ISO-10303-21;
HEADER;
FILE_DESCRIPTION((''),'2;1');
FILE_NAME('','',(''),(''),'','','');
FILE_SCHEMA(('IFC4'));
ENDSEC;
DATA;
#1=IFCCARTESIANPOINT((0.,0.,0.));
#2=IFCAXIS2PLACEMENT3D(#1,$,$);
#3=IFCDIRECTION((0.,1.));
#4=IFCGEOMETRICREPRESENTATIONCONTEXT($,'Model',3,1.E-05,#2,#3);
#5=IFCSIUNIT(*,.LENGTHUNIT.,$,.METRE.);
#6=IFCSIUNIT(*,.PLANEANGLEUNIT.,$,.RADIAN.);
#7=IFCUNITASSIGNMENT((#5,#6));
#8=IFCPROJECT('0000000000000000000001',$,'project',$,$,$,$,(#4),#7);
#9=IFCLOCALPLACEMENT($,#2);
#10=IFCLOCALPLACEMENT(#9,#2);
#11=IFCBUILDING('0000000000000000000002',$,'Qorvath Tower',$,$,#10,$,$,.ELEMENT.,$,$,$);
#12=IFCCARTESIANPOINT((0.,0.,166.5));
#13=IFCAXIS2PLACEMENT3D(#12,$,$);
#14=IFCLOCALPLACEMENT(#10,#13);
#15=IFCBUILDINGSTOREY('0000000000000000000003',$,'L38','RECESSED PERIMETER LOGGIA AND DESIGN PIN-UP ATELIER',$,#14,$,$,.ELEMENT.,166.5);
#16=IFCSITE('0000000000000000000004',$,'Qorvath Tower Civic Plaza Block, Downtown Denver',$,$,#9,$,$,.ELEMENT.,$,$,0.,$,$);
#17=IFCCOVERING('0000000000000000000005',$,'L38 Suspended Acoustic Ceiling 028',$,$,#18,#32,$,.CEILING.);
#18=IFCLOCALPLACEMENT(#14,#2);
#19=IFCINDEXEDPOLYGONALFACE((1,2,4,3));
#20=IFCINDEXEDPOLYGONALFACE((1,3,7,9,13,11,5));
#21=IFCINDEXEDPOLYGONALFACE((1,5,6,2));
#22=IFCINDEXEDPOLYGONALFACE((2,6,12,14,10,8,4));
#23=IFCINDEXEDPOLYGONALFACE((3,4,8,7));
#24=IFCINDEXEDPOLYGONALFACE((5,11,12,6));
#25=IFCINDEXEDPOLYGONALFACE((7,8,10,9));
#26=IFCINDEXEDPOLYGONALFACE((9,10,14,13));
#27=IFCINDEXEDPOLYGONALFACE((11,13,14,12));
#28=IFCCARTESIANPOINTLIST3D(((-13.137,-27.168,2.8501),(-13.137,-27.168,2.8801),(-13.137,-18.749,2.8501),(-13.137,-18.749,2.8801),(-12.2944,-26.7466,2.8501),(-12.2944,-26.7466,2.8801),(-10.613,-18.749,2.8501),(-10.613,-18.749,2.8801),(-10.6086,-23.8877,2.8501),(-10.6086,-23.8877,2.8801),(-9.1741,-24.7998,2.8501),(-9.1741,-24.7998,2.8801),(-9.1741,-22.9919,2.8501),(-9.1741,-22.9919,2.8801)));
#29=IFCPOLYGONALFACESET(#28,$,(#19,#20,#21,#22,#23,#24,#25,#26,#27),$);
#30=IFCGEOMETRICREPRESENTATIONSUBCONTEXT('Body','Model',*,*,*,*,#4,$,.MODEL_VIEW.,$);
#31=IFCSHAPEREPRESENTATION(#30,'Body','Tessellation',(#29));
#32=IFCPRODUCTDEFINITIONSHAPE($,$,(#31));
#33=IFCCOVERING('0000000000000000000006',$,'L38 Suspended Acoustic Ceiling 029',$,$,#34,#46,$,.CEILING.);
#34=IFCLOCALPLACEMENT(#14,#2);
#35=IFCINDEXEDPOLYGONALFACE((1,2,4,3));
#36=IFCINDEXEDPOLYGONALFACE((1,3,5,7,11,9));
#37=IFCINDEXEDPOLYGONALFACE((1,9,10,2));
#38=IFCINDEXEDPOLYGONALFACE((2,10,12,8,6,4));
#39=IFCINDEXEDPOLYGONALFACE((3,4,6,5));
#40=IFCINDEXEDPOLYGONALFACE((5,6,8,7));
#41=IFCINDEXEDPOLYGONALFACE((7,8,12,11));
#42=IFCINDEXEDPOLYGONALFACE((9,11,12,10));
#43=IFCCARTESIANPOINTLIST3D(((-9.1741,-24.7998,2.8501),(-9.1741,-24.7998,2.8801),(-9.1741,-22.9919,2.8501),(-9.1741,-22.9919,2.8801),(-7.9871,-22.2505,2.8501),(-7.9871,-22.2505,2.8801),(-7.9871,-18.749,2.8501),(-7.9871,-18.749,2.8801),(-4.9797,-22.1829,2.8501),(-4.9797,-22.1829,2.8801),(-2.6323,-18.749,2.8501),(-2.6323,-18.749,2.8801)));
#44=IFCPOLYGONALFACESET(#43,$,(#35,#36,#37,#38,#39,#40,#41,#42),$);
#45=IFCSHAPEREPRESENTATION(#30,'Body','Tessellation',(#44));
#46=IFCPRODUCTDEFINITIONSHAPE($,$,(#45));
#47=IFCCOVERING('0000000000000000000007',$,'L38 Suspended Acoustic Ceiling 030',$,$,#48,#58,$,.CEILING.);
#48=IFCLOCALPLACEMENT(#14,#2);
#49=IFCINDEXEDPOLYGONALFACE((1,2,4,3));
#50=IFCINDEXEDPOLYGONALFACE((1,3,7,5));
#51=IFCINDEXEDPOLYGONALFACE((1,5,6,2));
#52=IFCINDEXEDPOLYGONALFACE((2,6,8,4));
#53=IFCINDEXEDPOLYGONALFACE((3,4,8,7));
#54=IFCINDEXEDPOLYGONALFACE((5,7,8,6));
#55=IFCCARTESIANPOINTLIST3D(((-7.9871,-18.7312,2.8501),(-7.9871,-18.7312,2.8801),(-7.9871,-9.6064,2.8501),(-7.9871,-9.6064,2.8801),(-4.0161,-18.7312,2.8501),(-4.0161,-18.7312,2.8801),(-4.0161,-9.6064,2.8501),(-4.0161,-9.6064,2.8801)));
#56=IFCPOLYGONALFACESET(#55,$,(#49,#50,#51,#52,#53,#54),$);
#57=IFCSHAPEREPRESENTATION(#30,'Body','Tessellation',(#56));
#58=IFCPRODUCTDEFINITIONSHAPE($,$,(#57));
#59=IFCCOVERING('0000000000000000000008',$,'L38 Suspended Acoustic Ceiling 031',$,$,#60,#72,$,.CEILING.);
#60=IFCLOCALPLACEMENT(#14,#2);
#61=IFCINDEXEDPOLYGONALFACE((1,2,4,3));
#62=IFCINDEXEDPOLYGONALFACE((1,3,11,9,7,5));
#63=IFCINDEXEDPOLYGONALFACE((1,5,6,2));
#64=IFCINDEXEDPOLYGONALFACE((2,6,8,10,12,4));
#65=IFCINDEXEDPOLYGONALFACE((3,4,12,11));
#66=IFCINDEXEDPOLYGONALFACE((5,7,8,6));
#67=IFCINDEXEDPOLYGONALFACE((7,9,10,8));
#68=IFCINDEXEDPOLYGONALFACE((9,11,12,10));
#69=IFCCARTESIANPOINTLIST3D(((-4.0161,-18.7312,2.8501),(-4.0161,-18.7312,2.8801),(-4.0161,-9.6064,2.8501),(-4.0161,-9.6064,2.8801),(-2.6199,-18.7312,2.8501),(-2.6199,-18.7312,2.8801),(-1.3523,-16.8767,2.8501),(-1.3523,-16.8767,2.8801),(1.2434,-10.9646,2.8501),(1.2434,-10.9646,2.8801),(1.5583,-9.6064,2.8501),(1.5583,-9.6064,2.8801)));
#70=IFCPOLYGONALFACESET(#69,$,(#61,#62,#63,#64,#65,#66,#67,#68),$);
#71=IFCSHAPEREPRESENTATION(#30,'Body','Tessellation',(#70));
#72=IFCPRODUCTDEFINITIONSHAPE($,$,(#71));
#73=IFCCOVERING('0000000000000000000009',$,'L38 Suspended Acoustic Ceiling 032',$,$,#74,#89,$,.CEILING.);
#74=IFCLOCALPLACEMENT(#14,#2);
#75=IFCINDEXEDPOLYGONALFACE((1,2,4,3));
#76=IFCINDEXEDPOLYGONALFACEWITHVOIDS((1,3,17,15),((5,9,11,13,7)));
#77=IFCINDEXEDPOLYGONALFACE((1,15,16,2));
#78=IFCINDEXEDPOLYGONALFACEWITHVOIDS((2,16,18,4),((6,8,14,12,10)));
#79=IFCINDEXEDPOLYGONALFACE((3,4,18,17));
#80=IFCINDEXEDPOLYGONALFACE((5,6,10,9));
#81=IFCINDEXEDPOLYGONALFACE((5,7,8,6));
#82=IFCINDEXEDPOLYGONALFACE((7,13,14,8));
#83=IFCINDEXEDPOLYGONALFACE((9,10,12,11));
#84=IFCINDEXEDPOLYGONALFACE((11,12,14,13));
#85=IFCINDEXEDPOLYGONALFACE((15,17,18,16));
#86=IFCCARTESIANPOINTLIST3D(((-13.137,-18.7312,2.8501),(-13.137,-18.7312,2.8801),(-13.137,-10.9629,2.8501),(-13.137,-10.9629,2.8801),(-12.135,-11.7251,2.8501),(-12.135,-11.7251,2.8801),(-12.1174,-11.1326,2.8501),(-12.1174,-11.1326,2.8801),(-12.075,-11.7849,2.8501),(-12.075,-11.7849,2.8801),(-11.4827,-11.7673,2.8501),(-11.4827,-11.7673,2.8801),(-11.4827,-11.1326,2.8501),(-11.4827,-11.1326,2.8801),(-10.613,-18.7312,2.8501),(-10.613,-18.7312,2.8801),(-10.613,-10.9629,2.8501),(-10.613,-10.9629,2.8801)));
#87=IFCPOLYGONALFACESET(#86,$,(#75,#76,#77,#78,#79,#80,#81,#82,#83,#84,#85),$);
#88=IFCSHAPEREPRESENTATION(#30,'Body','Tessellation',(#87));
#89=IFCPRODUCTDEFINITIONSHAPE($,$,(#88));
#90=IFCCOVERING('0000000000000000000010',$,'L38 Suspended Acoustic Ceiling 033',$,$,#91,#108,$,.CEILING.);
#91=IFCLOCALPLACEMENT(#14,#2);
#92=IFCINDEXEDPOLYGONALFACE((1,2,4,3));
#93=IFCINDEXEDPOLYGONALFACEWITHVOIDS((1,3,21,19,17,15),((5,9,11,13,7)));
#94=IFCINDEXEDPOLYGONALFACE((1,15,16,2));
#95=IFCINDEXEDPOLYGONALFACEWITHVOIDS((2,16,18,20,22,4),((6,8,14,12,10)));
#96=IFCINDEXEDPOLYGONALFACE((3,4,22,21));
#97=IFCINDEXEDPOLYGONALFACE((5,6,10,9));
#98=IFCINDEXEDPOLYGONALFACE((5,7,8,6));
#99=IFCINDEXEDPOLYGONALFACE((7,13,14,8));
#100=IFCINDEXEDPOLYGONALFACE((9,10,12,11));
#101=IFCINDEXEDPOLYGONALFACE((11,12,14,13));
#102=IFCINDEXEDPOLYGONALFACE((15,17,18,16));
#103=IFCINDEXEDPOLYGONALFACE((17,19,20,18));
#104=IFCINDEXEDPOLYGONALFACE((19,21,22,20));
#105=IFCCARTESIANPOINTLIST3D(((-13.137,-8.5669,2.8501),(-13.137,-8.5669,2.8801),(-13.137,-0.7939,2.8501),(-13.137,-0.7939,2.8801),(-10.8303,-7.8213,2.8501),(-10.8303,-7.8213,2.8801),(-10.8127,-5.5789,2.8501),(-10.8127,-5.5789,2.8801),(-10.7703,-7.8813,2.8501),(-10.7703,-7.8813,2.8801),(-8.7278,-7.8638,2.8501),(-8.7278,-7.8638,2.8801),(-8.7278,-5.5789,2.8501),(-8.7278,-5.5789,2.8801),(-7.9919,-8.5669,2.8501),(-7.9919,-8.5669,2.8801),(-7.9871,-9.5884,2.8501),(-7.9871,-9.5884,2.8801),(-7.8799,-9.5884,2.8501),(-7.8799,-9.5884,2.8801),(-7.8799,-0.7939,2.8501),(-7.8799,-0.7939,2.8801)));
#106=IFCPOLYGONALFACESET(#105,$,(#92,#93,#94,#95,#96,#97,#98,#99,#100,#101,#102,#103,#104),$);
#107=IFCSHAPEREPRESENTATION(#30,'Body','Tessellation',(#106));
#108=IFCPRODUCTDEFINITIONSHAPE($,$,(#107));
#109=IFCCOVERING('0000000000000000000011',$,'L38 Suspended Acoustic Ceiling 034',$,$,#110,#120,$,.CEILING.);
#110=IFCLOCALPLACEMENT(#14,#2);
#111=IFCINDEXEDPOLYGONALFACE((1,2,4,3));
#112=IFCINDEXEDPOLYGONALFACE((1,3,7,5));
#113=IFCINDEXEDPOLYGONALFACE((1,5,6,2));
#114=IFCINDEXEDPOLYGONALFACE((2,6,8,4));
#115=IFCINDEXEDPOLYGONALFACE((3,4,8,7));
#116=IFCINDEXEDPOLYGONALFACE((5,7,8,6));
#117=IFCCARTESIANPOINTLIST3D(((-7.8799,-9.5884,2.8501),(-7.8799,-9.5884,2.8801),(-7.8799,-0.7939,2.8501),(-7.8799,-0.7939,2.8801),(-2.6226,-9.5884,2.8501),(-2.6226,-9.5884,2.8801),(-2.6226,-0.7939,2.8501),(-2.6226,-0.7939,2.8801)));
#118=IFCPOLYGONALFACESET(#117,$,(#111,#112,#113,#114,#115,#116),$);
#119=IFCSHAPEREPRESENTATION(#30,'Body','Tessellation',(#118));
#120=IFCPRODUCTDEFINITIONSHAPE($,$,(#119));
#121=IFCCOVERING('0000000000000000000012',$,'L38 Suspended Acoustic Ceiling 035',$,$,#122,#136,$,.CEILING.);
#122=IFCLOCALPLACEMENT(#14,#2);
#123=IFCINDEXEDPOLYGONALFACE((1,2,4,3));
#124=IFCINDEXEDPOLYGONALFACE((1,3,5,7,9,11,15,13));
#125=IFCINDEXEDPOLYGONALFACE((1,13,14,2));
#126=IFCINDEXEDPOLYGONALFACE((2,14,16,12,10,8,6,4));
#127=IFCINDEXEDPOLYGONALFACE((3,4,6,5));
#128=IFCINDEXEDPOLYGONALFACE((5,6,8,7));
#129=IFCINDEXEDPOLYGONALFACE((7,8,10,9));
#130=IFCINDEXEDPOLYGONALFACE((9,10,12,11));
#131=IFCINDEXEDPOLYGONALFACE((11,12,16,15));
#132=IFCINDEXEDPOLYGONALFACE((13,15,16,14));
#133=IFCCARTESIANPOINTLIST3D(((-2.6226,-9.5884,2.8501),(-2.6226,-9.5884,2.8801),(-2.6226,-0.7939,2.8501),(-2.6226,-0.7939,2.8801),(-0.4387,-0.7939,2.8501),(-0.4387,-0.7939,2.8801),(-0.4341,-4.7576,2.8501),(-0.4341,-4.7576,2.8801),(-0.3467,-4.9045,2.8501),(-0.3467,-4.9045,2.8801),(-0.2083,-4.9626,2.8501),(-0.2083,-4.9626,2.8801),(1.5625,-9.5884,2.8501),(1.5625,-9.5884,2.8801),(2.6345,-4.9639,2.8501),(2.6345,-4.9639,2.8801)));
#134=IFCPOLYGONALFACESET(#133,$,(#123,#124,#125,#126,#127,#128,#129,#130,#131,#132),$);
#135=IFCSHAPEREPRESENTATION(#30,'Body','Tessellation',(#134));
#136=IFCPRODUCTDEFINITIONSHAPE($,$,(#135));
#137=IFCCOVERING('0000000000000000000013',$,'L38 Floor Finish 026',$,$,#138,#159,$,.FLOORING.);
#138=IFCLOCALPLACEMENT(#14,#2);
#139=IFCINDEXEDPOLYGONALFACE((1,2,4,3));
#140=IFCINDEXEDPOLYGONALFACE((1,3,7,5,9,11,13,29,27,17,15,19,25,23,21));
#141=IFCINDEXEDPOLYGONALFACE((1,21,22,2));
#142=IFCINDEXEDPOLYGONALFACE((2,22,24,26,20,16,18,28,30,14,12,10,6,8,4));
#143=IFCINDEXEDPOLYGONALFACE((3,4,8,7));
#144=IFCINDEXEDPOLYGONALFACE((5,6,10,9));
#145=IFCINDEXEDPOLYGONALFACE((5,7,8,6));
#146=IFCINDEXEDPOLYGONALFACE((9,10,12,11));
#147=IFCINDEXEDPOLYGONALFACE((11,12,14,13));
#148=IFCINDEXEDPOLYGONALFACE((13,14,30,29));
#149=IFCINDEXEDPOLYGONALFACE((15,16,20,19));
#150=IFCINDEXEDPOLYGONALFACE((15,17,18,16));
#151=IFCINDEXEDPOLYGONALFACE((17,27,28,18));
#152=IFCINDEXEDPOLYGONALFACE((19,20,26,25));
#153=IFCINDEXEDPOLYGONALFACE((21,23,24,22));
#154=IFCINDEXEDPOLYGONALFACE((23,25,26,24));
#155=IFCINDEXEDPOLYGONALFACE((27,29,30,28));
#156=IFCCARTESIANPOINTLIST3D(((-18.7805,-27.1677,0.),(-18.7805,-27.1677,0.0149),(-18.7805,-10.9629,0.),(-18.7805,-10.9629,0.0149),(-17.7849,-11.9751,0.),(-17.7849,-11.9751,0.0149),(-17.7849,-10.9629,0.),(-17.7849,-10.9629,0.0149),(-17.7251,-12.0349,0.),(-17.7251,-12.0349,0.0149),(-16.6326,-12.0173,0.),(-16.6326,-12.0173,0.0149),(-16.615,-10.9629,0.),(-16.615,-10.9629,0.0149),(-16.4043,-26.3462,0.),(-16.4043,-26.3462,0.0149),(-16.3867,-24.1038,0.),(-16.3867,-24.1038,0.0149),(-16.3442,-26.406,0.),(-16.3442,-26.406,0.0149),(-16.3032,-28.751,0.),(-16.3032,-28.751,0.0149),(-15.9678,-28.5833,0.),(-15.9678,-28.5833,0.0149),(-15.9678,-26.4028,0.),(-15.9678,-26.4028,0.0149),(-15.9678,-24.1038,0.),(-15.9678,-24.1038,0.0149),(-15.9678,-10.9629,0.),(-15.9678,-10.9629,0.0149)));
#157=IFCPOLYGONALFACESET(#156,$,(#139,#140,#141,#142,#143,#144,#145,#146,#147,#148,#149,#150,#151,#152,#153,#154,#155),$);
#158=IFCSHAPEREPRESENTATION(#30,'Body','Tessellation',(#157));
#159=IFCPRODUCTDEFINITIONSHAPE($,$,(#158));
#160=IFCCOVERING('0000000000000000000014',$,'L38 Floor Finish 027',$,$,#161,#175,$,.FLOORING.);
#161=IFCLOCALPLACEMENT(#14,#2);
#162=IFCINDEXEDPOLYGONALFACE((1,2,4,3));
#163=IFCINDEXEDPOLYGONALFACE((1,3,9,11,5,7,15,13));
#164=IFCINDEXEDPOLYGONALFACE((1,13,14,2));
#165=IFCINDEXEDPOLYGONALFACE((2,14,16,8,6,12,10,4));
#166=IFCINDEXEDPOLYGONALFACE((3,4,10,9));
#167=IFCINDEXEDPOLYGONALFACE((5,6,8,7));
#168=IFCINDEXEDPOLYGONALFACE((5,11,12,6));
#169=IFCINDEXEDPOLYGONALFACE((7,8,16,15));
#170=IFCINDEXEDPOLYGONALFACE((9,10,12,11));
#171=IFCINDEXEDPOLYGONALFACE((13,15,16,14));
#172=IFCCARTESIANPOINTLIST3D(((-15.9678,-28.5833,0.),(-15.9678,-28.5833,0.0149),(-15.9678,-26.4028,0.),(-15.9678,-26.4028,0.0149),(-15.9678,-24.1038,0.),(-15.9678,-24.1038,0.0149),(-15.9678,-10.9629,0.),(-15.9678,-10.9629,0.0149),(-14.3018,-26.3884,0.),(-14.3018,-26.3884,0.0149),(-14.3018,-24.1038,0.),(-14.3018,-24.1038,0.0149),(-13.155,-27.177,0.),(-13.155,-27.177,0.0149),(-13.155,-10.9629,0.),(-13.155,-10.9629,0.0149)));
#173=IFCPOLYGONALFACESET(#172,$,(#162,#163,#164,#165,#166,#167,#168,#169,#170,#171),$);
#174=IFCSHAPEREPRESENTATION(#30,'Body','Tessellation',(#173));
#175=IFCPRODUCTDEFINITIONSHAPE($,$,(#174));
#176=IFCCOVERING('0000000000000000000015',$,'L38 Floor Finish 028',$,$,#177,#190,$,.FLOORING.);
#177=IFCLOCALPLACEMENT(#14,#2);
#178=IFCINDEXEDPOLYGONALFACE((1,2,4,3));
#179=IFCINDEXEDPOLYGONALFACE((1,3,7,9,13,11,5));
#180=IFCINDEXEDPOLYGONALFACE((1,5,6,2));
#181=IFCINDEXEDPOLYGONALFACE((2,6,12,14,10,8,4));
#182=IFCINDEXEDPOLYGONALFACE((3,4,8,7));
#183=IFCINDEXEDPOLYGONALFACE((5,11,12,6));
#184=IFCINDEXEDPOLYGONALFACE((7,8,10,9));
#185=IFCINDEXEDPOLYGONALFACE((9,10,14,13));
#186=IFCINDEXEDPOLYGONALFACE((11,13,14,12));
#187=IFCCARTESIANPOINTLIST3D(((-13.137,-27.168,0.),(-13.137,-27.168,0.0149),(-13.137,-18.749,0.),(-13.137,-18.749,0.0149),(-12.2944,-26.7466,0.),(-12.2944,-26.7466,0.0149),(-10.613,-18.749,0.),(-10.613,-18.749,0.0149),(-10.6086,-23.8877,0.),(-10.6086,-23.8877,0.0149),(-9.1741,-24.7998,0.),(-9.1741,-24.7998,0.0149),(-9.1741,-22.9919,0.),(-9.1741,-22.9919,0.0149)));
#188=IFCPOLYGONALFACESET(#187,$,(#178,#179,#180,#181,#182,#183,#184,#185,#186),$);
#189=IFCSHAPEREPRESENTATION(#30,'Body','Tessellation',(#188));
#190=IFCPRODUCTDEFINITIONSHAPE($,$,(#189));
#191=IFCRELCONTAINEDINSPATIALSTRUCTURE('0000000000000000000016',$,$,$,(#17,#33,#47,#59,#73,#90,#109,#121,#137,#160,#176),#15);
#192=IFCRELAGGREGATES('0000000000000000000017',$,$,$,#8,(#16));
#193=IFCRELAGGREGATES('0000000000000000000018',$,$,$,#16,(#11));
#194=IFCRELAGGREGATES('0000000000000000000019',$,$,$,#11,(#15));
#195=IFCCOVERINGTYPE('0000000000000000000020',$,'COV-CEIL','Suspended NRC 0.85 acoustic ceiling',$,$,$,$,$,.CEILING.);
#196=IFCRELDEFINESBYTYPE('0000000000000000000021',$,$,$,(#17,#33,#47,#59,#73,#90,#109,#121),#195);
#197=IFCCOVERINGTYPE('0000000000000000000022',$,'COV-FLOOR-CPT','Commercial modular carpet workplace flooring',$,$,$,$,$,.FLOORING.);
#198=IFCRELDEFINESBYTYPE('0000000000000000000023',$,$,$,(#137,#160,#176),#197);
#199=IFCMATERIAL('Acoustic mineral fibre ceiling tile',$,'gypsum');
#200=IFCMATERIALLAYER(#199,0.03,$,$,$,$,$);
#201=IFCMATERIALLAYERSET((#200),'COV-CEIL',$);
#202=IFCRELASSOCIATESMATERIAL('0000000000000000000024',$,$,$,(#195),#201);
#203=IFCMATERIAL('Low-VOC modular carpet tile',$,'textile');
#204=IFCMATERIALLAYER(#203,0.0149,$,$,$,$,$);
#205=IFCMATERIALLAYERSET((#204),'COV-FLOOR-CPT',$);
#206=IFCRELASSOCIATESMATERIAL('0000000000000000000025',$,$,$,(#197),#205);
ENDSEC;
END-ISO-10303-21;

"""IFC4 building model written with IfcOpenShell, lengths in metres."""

from ifc_helpers import new_model, si_unit, direction, frame, origin, place, context, subcontext, project, spatial, polyline, outline, extrude, material, layer, layer_set, type_object, element, save


model = new_model("IFC4")

# Units and contexts
model_context = context("Model", 3, precision=1e-05, world=origin(), true_north=direction((0.0, 1.0)))
body_context = subcontext(model_context, "Body", "Model", "MODEL_VIEW")
ifc_project = project(units=[si_unit("LENGTHUNIT", "METRE"), si_unit("PLANEANGLEUNIT", "RADIAN")], contexts=[model_context])

# Site, building, storey
site_placement = place(None, origin())
site = spatial("IfcSite", under=ifc_project, at=site_placement, Name="Qorvath Tower Civic Plaza Block, Downtown Denver", CompositionType="ELEMENT", RefElevation=0.0)
building_placement = place(site_placement, origin())
building = spatial("IfcBuilding", under=site, at=building_placement, Name="Qorvath Tower", CompositionType="ELEMENT")
storey_placement = place(building_placement, frame((0.0, 0.0, 166.5)))
storey = spatial("IfcBuildingStorey", under=building, at=storey_placement, Name="L38", Description="RECESSED PERIMETER LOGGIA AND DESIGN PIN-UP ATELIER", CompositionType="ELEMENT", Elevation=166.5)

# Coverings
ifc_material_1 = material(Name="Acoustic mineral fibre ceiling tile", Category="gypsum")
ifc_layer_1 = layer(ifc_material_1, 0.03)
ifc_layer_set_1 = layer_set([ifc_layer_1], Name="COV-CEIL")
covering_type_1 = type_object("IfcCoveringType", Name="COV-CEIL", Description="Suspended NRC 0.85 acoustic ceiling", PredefinedType="CEILING", material=ifc_layer_set_1)
covering_1_placement = place(storey_placement, frame((0.0, 0.0, 2.8501)))
element("IfcCovering", 1, at=covering_1_placement, inside=storey, type_object=covering_type_1, Name="L38 Suspended Acoustic Ceiling 028", PredefinedType="CEILING", context=body_context, shape_type="SweptSolid", body=[
    extrude(outline(polyline([(-13.137, -18.749), (-13.137, -27.168), (-12.2944, -26.7466), (-9.1741, -24.7998), (-9.1741, -22.9919), (-10.6086, -23.8877), (-10.613, -18.749), (-13.137, -18.749)])), origin(), (0.0, 0.0, 1.0), 0.03),
])
covering_2_placement = place(storey_placement, frame((0.0, 0.0, 2.8501)))
element("IfcCovering", 2, at=covering_2_placement, inside=storey, type_object=covering_type_1, Name="L38 Suspended Acoustic Ceiling 029", PredefinedType="CEILING", context=body_context, shape_type="SweptSolid", body=[
    extrude(outline(polyline([(-9.1741, -22.9919), (-9.1741, -24.7998), (-4.9797, -22.1829), (-2.6323, -18.749), (-7.9871, -18.749), (-7.9871, -22.2505), (-9.1741, -22.9919)])), origin(), (0.0, 0.0, 1.0), 0.03),
])
covering_3_placement = place(storey_placement, frame((0.0, 0.0, 2.8501)))
element("IfcCovering", 3, at=covering_3_placement, inside=storey, type_object=covering_type_1, Name="L38 Suspended Acoustic Ceiling 030", PredefinedType="CEILING", context=body_context, shape_type="SweptSolid", body=[
    extrude(outline(polyline([(-7.9871, -18.7312), (-4.0161, -18.7312), (-4.0161, -9.6064), (-7.9871, -9.6064), (-7.9871, -18.7312)])), origin(), (0.0, 0.0, 1.0), 0.03),
])
covering_4_placement = place(storey_placement, frame((0.0, 0.0, 2.8501)))
element("IfcCovering", 4, at=covering_4_placement, inside=storey, type_object=covering_type_1, Name="L38 Suspended Acoustic Ceiling 031", PredefinedType="CEILING", context=body_context, shape_type="SweptSolid", body=[
    extrude(outline(polyline([(-4.0161, -9.6064), (-4.0161, -18.7312), (-2.6199, -18.7312), (-1.3523, -16.8767), (1.2434, -10.9646), (1.5583, -9.6064), (-4.0161, -9.6064)])), origin(), (0.0, 0.0, 1.0), 0.03),
])
covering_5_placement = place(storey_placement, frame((0.0, 0.0, 2.8501)))
element("IfcCovering", 5, at=covering_5_placement, inside=storey, type_object=covering_type_1, Name="L38 Suspended Acoustic Ceiling 032", PredefinedType="CEILING", context=body_context, shape_type="SweptSolid", body=[
    extrude(outline(polyline([(-10.613, -18.7312), (-10.613, -10.9629), (-13.137, -10.9629), (-13.137, -18.7312), (-10.613, -18.7312)]), holes=[polyline([(-12.1174, -11.1326), (-11.4827, -11.1326), (-11.4827, -11.7673), (-12.075, -11.7849), (-12.135, -11.7251), (-12.1174, -11.1326)])]), origin(), (0.0, 0.0, 1.0), 0.03),
])
covering_6_placement = place(storey_placement, frame((0.0, 0.0, 2.8501)))
element("IfcCovering", 6, at=covering_6_placement, inside=storey, type_object=covering_type_1, Name="L38 Suspended Acoustic Ceiling 033", PredefinedType="CEILING", context=body_context, shape_type="SweptSolid", body=[
    extrude(outline(polyline([(-7.8799, -9.5884), (-7.8799, -0.7939), (-13.137, -0.7939), (-13.137, -8.5669), (-7.9919, -8.5669), (-7.9871, -9.5884), (-7.8799, -9.5884)]), holes=[polyline([(-10.8303, -7.8213), (-10.8127, -5.5789), (-8.7278, -5.5789), (-8.7278, -7.8638), (-10.7703, -7.8813), (-10.8303, -7.8213)])]), origin(), (0.0, 0.0, 1.0), 0.03),
])
covering_7_placement = place(storey_placement, frame((0.0, 0.0, 2.8501)))
element("IfcCovering", 7, at=covering_7_placement, inside=storey, type_object=covering_type_1, Name="L38 Suspended Acoustic Ceiling 034", PredefinedType="CEILING", context=body_context, shape_type="SweptSolid", body=[
    extrude(outline(polyline([(-2.6226, -9.5884), (-2.6226, -0.7939), (-7.8799, -0.7939), (-7.8799, -9.5884), (-2.6226, -9.5884)])), origin(), (0.0, 0.0, 1.0), 0.03),
])
covering_8_placement = place(storey_placement, frame((0.0, 0.0, 2.8501)))
element("IfcCovering", 8, at=covering_8_placement, inside=storey, type_object=covering_type_1, Name="L38 Suspended Acoustic Ceiling 035", PredefinedType="CEILING", context=body_context, shape_type="SweptSolid", body=[
    extrude(outline(polyline([(-0.3467, -4.9045), (-0.4341, -4.7576), (-0.4387, -0.7939), (-2.6226, -0.7939), (-2.6226, -9.5884), (1.5625, -9.5884), (2.6345, -4.9639), (-0.2083, -4.9626), (-0.3467, -4.9045)])), origin(), (0.0, 0.0, 1.0), 0.03),
])
ifc_material_2 = material(Name="Low-VOC modular carpet tile", Category="textile")
ifc_layer_2 = layer(ifc_material_2, 0.0149)
ifc_layer_set_2 = layer_set([ifc_layer_2], Name="COV-FLOOR-CPT")
covering_type_2 = type_object("IfcCoveringType", Name="COV-FLOOR-CPT", Description="Commercial modular carpet workplace flooring", PredefinedType="FLOORING", material=ifc_layer_set_2)
covering_9_placement = place(storey_placement, origin())
element("IfcCovering", 9, at=covering_9_placement, inside=storey, type_object=covering_type_2, Name="L38 Floor Finish 026", PredefinedType="FLOORING", context=body_context, shape_type="SweptSolid", body=[
    extrude(outline(polyline([(-15.9678, -28.5833), (-15.9678, -26.4028), (-16.3442, -26.406), (-16.4043, -26.3462), (-16.3867, -24.1038), (-15.9678, -24.1038), (-15.9678, -10.9629), (-16.615, -10.9629), (-16.6326, -12.0173), (-17.7251, -12.0349), (-17.7849, -11.9751), (-17.7849, -10.9629), (-18.7805, -10.9629), (-18.7805, -27.1677), (-16.3032, -28.751), (-15.9678, -28.5833)])), origin(), (0.0, 0.0, 1.0), 0.0149),
])
covering_10_placement = place(storey_placement, origin())
element("IfcCovering", 10, at=covering_10_placement, inside=storey, type_object=covering_type_2, Name="L38 Floor Finish 027", PredefinedType="FLOORING", context=body_context, shape_type="SweptSolid", body=[
    extrude(outline(polyline([(-13.155, -27.177), (-13.155, -10.9629), (-15.9678, -10.9629), (-15.9678, -24.1038), (-14.3018, -24.1038), (-14.3018, -26.3884), (-15.9678, -26.4028), (-15.9678, -28.5833), (-13.155, -27.177)])), origin(), (0.0, 0.0, 1.0), 0.0149),
])
covering_11_placement = place(storey_placement, origin())
element("IfcCovering", 11, at=covering_11_placement, inside=storey, type_object=covering_type_2, Name="L38 Floor Finish 028", PredefinedType="FLOORING", context=body_context, shape_type="SweptSolid", body=[
    extrude(outline(polyline([(-13.137, -18.749), (-13.137, -27.168), (-12.2944, -26.7466), (-9.1741, -24.7998), (-9.1741, -22.9919), (-10.6086, -23.8877), (-10.613, -18.749), (-13.137, -18.749)])), origin(), (0.0, 0.0, 1.0), 0.0149),
])

save(model, "model.ifc")
